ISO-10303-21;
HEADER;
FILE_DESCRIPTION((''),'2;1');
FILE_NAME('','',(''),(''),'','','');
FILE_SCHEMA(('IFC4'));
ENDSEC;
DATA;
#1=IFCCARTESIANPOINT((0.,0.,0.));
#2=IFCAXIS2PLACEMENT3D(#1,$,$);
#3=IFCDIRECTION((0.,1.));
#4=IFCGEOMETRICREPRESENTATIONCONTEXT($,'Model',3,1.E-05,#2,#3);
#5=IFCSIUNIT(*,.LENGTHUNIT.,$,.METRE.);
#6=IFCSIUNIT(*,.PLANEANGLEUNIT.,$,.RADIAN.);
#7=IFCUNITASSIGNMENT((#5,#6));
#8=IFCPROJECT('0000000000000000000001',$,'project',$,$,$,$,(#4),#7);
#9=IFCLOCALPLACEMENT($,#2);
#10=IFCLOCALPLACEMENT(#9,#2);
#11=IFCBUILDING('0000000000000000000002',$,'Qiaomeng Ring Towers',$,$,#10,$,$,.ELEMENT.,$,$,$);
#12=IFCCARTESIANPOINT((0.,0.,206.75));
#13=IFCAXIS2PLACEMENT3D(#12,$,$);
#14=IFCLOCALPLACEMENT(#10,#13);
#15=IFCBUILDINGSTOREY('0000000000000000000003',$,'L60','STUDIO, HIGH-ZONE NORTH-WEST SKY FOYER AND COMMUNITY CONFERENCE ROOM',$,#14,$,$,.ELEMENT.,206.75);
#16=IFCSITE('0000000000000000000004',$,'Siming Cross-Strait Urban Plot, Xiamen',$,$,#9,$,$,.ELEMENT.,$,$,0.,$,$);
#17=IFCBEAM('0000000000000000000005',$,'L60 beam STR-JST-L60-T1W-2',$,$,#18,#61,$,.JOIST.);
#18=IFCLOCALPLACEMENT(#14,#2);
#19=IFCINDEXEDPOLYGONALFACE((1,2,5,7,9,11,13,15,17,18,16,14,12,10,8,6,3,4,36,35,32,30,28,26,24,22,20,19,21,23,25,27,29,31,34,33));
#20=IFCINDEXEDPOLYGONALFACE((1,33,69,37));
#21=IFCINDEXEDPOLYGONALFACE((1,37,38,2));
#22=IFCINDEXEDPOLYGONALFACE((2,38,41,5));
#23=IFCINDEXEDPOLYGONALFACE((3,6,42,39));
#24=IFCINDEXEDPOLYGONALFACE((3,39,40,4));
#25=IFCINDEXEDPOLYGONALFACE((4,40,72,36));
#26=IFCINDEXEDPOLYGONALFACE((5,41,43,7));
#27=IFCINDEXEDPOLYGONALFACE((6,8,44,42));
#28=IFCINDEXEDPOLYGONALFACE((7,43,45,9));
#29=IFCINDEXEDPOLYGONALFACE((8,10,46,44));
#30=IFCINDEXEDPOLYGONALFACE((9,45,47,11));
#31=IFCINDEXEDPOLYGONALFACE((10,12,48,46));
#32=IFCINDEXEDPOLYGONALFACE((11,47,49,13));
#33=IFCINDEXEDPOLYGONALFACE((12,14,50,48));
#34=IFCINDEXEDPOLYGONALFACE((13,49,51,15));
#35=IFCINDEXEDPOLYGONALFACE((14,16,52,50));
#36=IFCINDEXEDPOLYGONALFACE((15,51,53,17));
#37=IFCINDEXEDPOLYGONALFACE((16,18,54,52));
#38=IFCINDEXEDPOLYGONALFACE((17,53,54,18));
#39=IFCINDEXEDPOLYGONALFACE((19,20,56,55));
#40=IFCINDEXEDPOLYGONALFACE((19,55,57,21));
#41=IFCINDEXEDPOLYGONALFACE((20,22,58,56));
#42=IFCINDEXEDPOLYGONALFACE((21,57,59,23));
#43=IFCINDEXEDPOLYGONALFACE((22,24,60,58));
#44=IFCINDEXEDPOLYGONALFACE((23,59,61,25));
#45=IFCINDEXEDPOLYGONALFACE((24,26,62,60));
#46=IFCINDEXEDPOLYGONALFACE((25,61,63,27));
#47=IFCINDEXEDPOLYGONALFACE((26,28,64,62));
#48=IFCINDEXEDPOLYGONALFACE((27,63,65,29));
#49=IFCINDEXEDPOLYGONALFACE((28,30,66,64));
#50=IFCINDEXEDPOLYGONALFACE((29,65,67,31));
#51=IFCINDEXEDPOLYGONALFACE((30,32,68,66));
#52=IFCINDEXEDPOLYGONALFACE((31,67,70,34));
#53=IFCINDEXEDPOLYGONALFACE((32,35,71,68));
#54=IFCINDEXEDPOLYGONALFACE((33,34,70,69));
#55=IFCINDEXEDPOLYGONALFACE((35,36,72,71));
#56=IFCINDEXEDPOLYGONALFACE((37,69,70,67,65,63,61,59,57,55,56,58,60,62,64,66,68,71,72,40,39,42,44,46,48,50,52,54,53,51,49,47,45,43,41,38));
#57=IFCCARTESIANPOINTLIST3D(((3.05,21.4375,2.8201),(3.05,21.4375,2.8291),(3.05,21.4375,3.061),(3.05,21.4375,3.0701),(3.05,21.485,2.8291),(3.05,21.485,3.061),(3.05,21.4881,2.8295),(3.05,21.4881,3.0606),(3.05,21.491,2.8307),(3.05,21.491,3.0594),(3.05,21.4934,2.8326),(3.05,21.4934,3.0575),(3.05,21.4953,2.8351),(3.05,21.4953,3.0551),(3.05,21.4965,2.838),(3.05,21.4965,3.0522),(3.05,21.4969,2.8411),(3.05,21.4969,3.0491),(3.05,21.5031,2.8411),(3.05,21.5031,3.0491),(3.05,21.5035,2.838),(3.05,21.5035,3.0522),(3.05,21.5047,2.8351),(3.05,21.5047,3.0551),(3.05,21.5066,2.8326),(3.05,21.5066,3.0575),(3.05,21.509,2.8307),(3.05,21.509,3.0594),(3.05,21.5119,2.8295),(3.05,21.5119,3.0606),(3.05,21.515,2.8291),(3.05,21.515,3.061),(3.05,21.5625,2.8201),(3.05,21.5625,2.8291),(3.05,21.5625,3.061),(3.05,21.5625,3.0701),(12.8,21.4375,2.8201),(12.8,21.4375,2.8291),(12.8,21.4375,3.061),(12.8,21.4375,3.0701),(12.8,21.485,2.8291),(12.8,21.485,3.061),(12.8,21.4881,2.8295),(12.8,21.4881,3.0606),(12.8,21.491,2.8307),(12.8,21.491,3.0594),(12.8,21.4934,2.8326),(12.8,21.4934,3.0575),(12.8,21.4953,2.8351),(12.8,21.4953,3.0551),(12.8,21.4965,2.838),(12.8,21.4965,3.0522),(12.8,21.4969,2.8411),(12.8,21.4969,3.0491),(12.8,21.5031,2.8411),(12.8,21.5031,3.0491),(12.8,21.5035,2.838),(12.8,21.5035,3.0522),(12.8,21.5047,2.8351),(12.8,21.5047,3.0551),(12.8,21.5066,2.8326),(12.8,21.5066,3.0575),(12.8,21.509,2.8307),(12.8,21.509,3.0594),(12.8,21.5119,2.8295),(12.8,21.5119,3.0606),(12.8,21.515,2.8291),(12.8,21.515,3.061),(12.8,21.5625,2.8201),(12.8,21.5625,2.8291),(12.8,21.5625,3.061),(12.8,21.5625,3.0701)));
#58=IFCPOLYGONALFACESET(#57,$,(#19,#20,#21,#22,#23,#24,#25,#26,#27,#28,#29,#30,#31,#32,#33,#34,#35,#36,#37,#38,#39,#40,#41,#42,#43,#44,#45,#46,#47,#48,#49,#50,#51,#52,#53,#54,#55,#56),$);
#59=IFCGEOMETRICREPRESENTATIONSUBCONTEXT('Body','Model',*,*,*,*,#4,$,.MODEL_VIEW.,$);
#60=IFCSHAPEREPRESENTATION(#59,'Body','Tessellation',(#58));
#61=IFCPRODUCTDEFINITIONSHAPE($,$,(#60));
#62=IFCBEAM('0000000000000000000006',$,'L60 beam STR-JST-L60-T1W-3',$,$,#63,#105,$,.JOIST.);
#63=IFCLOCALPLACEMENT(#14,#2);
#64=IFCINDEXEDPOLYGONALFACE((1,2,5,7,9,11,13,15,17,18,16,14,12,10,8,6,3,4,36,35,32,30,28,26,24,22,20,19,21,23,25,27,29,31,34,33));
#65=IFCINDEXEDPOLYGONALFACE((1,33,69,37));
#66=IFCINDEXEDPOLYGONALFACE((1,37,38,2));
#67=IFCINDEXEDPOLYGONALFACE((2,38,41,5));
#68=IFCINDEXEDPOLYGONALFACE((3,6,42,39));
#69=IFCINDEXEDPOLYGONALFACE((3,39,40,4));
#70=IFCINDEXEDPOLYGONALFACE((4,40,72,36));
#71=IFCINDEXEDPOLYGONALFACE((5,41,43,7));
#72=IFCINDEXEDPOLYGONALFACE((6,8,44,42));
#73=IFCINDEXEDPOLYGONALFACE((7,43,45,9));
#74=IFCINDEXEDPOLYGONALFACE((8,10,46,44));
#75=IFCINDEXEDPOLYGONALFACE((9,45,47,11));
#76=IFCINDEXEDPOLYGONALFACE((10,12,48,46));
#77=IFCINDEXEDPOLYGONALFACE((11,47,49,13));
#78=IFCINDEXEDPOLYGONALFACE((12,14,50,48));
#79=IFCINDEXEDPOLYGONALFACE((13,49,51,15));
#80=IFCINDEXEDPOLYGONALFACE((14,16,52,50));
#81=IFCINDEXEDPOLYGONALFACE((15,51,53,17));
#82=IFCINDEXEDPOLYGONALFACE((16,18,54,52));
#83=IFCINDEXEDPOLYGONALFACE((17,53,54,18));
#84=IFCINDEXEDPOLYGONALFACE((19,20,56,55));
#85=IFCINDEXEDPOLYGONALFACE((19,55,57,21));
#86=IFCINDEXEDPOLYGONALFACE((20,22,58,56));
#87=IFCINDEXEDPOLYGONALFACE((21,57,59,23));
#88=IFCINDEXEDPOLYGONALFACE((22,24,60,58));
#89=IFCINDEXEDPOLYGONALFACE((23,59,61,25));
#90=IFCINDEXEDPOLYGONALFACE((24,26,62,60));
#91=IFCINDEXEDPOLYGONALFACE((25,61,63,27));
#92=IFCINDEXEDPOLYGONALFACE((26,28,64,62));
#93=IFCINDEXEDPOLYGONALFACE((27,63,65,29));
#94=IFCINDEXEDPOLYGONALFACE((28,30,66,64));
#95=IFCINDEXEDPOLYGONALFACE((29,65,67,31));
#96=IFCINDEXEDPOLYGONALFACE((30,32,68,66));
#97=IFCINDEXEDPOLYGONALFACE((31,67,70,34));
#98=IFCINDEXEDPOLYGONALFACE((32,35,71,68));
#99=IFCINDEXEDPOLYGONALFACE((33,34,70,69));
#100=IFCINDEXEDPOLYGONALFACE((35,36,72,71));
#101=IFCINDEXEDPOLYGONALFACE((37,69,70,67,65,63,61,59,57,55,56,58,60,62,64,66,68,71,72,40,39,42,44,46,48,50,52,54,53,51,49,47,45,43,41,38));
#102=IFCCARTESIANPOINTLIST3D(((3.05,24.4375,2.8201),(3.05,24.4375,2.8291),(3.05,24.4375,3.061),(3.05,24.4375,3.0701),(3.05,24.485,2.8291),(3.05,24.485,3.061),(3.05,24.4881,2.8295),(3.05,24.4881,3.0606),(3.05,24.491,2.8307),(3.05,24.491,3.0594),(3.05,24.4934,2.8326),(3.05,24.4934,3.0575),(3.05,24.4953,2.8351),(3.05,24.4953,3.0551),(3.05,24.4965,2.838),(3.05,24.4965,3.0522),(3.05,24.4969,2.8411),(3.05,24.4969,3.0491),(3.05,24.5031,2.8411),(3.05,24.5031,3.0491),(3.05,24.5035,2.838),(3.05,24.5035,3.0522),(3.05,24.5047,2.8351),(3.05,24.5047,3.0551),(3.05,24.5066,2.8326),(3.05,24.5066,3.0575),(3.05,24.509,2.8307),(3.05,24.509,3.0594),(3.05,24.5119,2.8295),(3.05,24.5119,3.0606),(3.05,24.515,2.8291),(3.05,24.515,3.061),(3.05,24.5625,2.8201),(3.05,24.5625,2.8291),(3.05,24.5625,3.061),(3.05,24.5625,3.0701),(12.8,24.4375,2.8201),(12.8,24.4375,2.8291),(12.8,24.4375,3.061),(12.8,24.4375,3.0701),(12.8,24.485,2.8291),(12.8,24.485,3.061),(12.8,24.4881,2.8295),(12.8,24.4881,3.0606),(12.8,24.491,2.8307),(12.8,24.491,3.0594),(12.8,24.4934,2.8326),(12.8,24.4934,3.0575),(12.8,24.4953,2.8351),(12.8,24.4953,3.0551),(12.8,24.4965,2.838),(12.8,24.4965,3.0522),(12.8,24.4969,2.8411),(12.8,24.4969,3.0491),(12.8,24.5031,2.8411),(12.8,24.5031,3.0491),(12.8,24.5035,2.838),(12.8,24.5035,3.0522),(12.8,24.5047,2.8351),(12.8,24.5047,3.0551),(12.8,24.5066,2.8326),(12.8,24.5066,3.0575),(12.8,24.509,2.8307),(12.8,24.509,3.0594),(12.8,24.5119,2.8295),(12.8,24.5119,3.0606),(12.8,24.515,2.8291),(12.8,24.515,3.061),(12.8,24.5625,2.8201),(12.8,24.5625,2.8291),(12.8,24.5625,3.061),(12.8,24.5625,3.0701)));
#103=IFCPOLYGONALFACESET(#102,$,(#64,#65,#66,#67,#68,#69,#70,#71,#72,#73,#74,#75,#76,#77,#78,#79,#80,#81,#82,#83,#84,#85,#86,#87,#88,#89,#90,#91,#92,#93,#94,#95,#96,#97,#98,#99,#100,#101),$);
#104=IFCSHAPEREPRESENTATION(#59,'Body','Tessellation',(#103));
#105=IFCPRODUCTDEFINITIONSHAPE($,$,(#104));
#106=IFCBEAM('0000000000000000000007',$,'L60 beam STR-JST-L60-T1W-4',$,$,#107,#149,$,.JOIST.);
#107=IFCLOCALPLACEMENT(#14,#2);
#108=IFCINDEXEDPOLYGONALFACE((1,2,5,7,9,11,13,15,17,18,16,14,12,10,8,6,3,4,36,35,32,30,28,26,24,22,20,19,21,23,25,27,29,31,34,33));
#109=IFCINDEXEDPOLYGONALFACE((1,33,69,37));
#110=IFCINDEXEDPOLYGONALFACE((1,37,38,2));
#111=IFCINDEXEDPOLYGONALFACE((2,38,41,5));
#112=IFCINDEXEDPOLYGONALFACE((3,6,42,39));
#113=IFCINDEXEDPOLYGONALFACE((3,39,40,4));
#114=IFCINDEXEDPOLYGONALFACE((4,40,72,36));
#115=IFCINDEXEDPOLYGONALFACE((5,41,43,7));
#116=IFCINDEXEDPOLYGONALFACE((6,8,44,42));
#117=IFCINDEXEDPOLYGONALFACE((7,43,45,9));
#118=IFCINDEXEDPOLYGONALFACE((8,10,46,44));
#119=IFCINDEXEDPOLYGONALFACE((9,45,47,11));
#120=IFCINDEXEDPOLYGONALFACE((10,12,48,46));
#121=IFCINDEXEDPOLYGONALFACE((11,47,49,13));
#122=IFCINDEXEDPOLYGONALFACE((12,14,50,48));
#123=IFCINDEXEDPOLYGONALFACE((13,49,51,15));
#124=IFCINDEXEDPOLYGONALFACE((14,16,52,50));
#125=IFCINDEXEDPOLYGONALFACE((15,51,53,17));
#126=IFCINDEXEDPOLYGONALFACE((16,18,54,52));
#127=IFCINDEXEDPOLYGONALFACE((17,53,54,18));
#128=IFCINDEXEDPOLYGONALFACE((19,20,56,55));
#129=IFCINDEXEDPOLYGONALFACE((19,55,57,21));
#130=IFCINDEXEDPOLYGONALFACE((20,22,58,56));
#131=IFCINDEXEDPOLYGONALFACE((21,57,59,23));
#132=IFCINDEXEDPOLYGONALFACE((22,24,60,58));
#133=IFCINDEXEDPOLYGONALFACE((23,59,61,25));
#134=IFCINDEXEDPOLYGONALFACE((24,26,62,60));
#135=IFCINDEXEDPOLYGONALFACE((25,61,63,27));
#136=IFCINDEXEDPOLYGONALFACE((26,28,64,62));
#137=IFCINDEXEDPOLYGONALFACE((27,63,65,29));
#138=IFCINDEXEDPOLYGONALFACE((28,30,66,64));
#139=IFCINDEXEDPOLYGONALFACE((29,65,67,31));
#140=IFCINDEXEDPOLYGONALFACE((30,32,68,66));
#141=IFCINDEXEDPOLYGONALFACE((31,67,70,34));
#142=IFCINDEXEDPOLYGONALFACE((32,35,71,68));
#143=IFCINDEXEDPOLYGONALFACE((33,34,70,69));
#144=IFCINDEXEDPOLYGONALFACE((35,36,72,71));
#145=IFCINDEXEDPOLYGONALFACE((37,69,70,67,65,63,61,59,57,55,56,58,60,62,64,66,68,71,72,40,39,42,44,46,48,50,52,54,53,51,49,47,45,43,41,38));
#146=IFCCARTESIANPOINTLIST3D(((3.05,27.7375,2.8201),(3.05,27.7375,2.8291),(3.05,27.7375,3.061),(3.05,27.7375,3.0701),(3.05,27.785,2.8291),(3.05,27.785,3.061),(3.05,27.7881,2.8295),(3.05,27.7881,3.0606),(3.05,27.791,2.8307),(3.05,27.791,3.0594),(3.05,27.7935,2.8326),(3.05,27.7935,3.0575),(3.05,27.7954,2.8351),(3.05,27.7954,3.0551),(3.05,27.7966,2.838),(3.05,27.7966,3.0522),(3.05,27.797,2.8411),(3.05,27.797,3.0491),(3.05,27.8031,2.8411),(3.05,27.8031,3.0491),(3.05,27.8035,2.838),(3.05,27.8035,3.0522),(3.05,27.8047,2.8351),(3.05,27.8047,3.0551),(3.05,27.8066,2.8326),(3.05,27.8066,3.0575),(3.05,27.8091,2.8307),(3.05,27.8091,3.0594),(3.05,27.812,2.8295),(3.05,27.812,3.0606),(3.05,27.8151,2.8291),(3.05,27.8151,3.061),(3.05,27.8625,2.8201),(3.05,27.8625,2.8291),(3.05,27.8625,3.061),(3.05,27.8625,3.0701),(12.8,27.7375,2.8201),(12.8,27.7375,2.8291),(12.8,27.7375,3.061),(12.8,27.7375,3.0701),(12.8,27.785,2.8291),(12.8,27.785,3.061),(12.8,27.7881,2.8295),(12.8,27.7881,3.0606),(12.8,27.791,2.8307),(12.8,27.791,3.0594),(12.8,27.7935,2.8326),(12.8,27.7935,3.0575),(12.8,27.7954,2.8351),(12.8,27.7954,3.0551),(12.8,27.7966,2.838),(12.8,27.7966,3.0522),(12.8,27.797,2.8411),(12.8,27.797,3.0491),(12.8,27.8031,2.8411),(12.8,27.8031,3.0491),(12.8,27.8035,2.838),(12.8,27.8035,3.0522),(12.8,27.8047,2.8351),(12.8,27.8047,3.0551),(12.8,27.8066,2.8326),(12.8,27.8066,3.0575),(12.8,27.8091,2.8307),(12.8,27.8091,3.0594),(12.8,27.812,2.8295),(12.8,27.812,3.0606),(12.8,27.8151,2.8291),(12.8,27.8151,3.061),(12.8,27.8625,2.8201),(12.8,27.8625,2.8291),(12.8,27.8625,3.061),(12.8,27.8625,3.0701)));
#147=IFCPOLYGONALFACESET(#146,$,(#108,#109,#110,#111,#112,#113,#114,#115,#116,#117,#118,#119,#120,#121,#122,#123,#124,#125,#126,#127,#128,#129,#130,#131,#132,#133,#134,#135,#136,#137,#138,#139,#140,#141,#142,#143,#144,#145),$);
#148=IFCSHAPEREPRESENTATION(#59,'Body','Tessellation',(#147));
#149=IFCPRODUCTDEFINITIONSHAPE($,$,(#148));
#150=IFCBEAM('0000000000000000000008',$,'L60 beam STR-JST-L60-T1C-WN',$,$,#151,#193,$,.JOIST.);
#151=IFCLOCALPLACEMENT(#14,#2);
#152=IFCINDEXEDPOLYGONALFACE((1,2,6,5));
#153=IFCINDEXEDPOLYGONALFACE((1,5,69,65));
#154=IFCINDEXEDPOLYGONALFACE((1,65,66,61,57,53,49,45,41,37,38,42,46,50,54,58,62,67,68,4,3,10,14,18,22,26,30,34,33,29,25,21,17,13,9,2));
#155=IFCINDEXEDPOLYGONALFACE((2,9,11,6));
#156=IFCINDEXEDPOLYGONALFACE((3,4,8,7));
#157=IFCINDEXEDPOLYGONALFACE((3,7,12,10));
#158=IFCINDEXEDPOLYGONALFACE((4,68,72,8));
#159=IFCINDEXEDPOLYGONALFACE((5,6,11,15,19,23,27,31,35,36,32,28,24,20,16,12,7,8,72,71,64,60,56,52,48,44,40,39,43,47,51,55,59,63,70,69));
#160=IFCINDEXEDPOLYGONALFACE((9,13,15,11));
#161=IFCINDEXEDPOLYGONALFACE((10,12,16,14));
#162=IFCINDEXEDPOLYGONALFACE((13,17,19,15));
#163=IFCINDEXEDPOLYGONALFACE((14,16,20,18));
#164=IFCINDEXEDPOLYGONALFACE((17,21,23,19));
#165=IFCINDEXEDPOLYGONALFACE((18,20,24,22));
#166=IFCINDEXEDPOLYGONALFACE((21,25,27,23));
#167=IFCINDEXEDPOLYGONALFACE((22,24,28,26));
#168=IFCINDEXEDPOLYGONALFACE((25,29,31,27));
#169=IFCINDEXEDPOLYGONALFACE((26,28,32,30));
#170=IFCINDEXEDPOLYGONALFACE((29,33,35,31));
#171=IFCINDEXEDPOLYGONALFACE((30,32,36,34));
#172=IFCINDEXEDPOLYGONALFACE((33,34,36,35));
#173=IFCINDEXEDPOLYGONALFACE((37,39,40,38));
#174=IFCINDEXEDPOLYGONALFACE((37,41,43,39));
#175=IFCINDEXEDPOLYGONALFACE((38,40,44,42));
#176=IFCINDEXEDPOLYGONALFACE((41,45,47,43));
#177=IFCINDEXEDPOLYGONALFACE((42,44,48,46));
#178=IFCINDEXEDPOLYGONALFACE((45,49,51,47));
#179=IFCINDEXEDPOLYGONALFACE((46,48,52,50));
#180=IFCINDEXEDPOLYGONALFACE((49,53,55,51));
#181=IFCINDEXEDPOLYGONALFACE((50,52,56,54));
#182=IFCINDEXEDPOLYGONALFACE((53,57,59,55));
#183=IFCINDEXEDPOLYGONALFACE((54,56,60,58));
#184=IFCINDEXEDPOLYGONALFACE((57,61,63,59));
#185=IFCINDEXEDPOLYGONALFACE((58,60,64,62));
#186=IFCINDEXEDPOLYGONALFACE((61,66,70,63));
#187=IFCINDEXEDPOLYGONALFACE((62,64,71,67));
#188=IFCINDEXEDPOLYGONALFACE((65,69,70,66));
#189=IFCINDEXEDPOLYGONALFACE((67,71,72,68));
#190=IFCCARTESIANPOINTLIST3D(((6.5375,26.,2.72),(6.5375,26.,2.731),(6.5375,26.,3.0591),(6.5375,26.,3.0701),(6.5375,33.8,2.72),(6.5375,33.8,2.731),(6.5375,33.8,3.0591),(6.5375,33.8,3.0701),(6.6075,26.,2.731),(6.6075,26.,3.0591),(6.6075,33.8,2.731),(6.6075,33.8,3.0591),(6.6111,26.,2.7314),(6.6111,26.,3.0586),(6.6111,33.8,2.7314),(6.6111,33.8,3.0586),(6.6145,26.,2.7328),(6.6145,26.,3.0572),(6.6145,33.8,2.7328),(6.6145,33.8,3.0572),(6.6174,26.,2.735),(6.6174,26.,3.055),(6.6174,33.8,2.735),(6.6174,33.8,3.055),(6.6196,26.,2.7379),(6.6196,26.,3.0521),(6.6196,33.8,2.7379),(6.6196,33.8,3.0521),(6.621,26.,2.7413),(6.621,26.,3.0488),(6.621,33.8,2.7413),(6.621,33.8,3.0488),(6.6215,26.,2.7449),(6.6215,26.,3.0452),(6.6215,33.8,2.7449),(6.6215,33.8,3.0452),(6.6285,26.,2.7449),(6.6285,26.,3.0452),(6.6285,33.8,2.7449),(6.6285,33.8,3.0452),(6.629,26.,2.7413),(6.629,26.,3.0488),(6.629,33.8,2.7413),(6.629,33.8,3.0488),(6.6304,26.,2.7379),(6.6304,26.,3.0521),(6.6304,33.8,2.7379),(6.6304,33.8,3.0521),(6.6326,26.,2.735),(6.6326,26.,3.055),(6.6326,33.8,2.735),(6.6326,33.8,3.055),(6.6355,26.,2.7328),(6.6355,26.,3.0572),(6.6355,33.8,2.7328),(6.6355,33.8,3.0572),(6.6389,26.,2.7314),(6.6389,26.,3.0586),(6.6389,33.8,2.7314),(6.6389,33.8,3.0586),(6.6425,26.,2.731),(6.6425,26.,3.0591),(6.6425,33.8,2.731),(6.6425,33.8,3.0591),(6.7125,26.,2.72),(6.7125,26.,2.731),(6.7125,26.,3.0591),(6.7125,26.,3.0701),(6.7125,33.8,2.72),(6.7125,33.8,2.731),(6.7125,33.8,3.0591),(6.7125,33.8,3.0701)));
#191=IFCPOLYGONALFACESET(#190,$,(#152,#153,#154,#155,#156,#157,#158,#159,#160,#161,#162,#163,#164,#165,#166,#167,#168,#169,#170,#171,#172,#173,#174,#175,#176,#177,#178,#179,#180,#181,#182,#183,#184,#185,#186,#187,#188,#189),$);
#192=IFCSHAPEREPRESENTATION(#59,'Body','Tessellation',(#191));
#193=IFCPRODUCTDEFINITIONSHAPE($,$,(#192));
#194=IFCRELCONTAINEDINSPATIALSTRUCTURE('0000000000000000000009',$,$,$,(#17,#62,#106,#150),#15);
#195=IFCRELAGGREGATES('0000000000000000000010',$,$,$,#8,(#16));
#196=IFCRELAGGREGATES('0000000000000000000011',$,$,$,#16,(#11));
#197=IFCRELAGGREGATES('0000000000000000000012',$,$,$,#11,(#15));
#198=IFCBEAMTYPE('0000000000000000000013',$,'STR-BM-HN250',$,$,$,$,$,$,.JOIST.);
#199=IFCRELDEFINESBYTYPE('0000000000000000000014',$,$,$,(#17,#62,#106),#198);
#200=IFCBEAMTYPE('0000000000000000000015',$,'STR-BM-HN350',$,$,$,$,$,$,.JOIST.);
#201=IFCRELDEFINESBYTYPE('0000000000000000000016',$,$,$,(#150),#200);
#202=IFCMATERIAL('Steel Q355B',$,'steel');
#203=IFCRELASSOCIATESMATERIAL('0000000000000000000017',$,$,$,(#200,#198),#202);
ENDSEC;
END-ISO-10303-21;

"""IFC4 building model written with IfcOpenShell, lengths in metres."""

from ifc_helpers import new_model, si_unit, direction, frame, origin, origin_2d, place, context, subcontext, project, spatial, i_section, extrude, source, transform, mapped, material, material_profile, profile_set, type_object, element, save


model = new_model("IFC4")

# Units and contexts
model_context = context("Model", 3, precision=1e-05, world=origin(), true_north=direction((0.0, 1.0)))
body_context = subcontext(model_context, "Body", "Model", "MODEL_VIEW")
ifc_project = project(units=[si_unit("LENGTHUNIT", "METRE"), si_unit("PLANEANGLEUNIT", "RADIAN")], contexts=[model_context])

# Site, building, storey
site_placement = place(None, origin())
site = spatial("IfcSite", under=ifc_project, at=site_placement, Name="Siming Cross-Strait Urban Plot, Xiamen", CompositionType="ELEMENT", RefElevation=0.0)
building_placement = place(site_placement, origin())
building = spatial("IfcBuilding", under=site, at=building_placement, Name="Qiaomeng Ring Towers", CompositionType="ELEMENT")
storey_placement = place(building_placement, frame((0.0, 0.0, 206.75)))
storey = spatial("IfcBuildingStorey", under=building, at=storey_placement, Name="L60", Description="STUDIO, HIGH-ZONE NORTH-WEST SKY FOYER AND COMMUNITY CONFERENCE ROOM", CompositionType="ELEMENT", Elevation=206.75)

# Beams
ifc_material_1 = material(Name="Steel Q355B", Category="steel")
ifc_material_profile_1 = material_profile(ifc_material_1, i_section(OverallWidth=0.175, OverallDepth=0.3501, WebThickness=0.0071, FlangeThickness=0.011, FilletRadius=0.0139, at=origin_2d()), Name="HN 350x175x7x11")
ifc_profile_set_1 = profile_set([ifc_material_profile_1], Name="Steel Q355B")
beam_type_1 = type_object("IfcBeamType", Name="STR-BM-HN350", PredefinedType="JOIST", material=ifc_profile_set_1)
ifc_material_profile_2 = material_profile(ifc_material_1, i_section(OverallWidth=0.125, OverallDepth=0.25, WebThickness=0.0061, FlangeThickness=0.009, FilletRadius=0.012, at=origin_2d()), Name="HN 250x125x6x9")
ifc_profile_set_2 = profile_set([ifc_material_profile_2], Name="Steel Q355B")
beam_type_2 = type_object("IfcBeamType", Name="STR-BM-HN250", PredefinedType="JOIST", material=ifc_profile_set_2)
shared_shape_1 = source(origin(), body_context, "Body", "SweptSolid", [
    extrude(i_section(OverallWidth=0.125, OverallDepth=0.25, WebThickness=0.0061, FlangeThickness=0.009, FilletRadius=0.012, at=origin_2d()), origin(), (0.0, 0.0, 1.0), 9.75),
])
for number, where, z_axis, x_axis, name in (
    (1, (3.05, 21.5, 2.9451), (1.0, 0.0, 0.0), (0.0, 1.0, 0.0), "L60 beam STR-JST-L60-T1W-2"),
    (2, (3.05, 24.5, 2.9451), (1.0, 0.0, 0.0), (0.0, 1.0, 0.0), "L60 beam STR-JST-L60-T1W-3"),
    (3, (3.05, 27.8, 2.9451), (1.0, 0.0, 0.0), (0.0, 1.0, 0.0), "L60 beam STR-JST-L60-T1W-4"),
):
    element("IfcBeam", number, at=place(storey_placement, frame(where, z_axis=z_axis, x_axis=x_axis)), inside=storey, type_object=beam_type_2, Name=name, PredefinedType="JOIST", context=body_context, shape_type="MappedRepresentation", body=[
        mapped(shared_shape_1, transform((0.0, 0.0, 0.0), x_axis=(1.0, 0.0, 0.0), y_axis=(0.0, 1.0, 0.0), z_axis=(0.0, 0.0, 1.0), scale=1.0)),
    ])
shared_shape_2 = source(origin(), body_context, "Body", "SweptSolid", [
    extrude(i_section(OverallWidth=0.175, OverallDepth=0.3501, WebThickness=0.0071, FlangeThickness=0.011, FilletRadius=0.0139, at=origin_2d()), origin(), (0.0, 0.0, 1.0), 7.8),
])
beam_1_placement = place(storey_placement, frame((6.625, 26.0, 2.895), z_axis=(0.0, 1.0, 0.0), x_axis=(-1.0, 0.0, 0.0)))
element("IfcBeam", 4, at=beam_1_placement, inside=storey, type_object=beam_type_1, Name="L60 beam STR-JST-L60-T1C-WN", PredefinedType="JOIST", context=body_context, shape_type="MappedRepresentation", body=[
    mapped(shared_shape_2, transform((0.0, 0.0, 0.0), x_axis=(1.0, 0.0, 0.0), y_axis=(0.0, 1.0, 0.0), z_axis=(0.0, 0.0, 1.0), scale=1.0)),
])

save(model, "model.ifc")
